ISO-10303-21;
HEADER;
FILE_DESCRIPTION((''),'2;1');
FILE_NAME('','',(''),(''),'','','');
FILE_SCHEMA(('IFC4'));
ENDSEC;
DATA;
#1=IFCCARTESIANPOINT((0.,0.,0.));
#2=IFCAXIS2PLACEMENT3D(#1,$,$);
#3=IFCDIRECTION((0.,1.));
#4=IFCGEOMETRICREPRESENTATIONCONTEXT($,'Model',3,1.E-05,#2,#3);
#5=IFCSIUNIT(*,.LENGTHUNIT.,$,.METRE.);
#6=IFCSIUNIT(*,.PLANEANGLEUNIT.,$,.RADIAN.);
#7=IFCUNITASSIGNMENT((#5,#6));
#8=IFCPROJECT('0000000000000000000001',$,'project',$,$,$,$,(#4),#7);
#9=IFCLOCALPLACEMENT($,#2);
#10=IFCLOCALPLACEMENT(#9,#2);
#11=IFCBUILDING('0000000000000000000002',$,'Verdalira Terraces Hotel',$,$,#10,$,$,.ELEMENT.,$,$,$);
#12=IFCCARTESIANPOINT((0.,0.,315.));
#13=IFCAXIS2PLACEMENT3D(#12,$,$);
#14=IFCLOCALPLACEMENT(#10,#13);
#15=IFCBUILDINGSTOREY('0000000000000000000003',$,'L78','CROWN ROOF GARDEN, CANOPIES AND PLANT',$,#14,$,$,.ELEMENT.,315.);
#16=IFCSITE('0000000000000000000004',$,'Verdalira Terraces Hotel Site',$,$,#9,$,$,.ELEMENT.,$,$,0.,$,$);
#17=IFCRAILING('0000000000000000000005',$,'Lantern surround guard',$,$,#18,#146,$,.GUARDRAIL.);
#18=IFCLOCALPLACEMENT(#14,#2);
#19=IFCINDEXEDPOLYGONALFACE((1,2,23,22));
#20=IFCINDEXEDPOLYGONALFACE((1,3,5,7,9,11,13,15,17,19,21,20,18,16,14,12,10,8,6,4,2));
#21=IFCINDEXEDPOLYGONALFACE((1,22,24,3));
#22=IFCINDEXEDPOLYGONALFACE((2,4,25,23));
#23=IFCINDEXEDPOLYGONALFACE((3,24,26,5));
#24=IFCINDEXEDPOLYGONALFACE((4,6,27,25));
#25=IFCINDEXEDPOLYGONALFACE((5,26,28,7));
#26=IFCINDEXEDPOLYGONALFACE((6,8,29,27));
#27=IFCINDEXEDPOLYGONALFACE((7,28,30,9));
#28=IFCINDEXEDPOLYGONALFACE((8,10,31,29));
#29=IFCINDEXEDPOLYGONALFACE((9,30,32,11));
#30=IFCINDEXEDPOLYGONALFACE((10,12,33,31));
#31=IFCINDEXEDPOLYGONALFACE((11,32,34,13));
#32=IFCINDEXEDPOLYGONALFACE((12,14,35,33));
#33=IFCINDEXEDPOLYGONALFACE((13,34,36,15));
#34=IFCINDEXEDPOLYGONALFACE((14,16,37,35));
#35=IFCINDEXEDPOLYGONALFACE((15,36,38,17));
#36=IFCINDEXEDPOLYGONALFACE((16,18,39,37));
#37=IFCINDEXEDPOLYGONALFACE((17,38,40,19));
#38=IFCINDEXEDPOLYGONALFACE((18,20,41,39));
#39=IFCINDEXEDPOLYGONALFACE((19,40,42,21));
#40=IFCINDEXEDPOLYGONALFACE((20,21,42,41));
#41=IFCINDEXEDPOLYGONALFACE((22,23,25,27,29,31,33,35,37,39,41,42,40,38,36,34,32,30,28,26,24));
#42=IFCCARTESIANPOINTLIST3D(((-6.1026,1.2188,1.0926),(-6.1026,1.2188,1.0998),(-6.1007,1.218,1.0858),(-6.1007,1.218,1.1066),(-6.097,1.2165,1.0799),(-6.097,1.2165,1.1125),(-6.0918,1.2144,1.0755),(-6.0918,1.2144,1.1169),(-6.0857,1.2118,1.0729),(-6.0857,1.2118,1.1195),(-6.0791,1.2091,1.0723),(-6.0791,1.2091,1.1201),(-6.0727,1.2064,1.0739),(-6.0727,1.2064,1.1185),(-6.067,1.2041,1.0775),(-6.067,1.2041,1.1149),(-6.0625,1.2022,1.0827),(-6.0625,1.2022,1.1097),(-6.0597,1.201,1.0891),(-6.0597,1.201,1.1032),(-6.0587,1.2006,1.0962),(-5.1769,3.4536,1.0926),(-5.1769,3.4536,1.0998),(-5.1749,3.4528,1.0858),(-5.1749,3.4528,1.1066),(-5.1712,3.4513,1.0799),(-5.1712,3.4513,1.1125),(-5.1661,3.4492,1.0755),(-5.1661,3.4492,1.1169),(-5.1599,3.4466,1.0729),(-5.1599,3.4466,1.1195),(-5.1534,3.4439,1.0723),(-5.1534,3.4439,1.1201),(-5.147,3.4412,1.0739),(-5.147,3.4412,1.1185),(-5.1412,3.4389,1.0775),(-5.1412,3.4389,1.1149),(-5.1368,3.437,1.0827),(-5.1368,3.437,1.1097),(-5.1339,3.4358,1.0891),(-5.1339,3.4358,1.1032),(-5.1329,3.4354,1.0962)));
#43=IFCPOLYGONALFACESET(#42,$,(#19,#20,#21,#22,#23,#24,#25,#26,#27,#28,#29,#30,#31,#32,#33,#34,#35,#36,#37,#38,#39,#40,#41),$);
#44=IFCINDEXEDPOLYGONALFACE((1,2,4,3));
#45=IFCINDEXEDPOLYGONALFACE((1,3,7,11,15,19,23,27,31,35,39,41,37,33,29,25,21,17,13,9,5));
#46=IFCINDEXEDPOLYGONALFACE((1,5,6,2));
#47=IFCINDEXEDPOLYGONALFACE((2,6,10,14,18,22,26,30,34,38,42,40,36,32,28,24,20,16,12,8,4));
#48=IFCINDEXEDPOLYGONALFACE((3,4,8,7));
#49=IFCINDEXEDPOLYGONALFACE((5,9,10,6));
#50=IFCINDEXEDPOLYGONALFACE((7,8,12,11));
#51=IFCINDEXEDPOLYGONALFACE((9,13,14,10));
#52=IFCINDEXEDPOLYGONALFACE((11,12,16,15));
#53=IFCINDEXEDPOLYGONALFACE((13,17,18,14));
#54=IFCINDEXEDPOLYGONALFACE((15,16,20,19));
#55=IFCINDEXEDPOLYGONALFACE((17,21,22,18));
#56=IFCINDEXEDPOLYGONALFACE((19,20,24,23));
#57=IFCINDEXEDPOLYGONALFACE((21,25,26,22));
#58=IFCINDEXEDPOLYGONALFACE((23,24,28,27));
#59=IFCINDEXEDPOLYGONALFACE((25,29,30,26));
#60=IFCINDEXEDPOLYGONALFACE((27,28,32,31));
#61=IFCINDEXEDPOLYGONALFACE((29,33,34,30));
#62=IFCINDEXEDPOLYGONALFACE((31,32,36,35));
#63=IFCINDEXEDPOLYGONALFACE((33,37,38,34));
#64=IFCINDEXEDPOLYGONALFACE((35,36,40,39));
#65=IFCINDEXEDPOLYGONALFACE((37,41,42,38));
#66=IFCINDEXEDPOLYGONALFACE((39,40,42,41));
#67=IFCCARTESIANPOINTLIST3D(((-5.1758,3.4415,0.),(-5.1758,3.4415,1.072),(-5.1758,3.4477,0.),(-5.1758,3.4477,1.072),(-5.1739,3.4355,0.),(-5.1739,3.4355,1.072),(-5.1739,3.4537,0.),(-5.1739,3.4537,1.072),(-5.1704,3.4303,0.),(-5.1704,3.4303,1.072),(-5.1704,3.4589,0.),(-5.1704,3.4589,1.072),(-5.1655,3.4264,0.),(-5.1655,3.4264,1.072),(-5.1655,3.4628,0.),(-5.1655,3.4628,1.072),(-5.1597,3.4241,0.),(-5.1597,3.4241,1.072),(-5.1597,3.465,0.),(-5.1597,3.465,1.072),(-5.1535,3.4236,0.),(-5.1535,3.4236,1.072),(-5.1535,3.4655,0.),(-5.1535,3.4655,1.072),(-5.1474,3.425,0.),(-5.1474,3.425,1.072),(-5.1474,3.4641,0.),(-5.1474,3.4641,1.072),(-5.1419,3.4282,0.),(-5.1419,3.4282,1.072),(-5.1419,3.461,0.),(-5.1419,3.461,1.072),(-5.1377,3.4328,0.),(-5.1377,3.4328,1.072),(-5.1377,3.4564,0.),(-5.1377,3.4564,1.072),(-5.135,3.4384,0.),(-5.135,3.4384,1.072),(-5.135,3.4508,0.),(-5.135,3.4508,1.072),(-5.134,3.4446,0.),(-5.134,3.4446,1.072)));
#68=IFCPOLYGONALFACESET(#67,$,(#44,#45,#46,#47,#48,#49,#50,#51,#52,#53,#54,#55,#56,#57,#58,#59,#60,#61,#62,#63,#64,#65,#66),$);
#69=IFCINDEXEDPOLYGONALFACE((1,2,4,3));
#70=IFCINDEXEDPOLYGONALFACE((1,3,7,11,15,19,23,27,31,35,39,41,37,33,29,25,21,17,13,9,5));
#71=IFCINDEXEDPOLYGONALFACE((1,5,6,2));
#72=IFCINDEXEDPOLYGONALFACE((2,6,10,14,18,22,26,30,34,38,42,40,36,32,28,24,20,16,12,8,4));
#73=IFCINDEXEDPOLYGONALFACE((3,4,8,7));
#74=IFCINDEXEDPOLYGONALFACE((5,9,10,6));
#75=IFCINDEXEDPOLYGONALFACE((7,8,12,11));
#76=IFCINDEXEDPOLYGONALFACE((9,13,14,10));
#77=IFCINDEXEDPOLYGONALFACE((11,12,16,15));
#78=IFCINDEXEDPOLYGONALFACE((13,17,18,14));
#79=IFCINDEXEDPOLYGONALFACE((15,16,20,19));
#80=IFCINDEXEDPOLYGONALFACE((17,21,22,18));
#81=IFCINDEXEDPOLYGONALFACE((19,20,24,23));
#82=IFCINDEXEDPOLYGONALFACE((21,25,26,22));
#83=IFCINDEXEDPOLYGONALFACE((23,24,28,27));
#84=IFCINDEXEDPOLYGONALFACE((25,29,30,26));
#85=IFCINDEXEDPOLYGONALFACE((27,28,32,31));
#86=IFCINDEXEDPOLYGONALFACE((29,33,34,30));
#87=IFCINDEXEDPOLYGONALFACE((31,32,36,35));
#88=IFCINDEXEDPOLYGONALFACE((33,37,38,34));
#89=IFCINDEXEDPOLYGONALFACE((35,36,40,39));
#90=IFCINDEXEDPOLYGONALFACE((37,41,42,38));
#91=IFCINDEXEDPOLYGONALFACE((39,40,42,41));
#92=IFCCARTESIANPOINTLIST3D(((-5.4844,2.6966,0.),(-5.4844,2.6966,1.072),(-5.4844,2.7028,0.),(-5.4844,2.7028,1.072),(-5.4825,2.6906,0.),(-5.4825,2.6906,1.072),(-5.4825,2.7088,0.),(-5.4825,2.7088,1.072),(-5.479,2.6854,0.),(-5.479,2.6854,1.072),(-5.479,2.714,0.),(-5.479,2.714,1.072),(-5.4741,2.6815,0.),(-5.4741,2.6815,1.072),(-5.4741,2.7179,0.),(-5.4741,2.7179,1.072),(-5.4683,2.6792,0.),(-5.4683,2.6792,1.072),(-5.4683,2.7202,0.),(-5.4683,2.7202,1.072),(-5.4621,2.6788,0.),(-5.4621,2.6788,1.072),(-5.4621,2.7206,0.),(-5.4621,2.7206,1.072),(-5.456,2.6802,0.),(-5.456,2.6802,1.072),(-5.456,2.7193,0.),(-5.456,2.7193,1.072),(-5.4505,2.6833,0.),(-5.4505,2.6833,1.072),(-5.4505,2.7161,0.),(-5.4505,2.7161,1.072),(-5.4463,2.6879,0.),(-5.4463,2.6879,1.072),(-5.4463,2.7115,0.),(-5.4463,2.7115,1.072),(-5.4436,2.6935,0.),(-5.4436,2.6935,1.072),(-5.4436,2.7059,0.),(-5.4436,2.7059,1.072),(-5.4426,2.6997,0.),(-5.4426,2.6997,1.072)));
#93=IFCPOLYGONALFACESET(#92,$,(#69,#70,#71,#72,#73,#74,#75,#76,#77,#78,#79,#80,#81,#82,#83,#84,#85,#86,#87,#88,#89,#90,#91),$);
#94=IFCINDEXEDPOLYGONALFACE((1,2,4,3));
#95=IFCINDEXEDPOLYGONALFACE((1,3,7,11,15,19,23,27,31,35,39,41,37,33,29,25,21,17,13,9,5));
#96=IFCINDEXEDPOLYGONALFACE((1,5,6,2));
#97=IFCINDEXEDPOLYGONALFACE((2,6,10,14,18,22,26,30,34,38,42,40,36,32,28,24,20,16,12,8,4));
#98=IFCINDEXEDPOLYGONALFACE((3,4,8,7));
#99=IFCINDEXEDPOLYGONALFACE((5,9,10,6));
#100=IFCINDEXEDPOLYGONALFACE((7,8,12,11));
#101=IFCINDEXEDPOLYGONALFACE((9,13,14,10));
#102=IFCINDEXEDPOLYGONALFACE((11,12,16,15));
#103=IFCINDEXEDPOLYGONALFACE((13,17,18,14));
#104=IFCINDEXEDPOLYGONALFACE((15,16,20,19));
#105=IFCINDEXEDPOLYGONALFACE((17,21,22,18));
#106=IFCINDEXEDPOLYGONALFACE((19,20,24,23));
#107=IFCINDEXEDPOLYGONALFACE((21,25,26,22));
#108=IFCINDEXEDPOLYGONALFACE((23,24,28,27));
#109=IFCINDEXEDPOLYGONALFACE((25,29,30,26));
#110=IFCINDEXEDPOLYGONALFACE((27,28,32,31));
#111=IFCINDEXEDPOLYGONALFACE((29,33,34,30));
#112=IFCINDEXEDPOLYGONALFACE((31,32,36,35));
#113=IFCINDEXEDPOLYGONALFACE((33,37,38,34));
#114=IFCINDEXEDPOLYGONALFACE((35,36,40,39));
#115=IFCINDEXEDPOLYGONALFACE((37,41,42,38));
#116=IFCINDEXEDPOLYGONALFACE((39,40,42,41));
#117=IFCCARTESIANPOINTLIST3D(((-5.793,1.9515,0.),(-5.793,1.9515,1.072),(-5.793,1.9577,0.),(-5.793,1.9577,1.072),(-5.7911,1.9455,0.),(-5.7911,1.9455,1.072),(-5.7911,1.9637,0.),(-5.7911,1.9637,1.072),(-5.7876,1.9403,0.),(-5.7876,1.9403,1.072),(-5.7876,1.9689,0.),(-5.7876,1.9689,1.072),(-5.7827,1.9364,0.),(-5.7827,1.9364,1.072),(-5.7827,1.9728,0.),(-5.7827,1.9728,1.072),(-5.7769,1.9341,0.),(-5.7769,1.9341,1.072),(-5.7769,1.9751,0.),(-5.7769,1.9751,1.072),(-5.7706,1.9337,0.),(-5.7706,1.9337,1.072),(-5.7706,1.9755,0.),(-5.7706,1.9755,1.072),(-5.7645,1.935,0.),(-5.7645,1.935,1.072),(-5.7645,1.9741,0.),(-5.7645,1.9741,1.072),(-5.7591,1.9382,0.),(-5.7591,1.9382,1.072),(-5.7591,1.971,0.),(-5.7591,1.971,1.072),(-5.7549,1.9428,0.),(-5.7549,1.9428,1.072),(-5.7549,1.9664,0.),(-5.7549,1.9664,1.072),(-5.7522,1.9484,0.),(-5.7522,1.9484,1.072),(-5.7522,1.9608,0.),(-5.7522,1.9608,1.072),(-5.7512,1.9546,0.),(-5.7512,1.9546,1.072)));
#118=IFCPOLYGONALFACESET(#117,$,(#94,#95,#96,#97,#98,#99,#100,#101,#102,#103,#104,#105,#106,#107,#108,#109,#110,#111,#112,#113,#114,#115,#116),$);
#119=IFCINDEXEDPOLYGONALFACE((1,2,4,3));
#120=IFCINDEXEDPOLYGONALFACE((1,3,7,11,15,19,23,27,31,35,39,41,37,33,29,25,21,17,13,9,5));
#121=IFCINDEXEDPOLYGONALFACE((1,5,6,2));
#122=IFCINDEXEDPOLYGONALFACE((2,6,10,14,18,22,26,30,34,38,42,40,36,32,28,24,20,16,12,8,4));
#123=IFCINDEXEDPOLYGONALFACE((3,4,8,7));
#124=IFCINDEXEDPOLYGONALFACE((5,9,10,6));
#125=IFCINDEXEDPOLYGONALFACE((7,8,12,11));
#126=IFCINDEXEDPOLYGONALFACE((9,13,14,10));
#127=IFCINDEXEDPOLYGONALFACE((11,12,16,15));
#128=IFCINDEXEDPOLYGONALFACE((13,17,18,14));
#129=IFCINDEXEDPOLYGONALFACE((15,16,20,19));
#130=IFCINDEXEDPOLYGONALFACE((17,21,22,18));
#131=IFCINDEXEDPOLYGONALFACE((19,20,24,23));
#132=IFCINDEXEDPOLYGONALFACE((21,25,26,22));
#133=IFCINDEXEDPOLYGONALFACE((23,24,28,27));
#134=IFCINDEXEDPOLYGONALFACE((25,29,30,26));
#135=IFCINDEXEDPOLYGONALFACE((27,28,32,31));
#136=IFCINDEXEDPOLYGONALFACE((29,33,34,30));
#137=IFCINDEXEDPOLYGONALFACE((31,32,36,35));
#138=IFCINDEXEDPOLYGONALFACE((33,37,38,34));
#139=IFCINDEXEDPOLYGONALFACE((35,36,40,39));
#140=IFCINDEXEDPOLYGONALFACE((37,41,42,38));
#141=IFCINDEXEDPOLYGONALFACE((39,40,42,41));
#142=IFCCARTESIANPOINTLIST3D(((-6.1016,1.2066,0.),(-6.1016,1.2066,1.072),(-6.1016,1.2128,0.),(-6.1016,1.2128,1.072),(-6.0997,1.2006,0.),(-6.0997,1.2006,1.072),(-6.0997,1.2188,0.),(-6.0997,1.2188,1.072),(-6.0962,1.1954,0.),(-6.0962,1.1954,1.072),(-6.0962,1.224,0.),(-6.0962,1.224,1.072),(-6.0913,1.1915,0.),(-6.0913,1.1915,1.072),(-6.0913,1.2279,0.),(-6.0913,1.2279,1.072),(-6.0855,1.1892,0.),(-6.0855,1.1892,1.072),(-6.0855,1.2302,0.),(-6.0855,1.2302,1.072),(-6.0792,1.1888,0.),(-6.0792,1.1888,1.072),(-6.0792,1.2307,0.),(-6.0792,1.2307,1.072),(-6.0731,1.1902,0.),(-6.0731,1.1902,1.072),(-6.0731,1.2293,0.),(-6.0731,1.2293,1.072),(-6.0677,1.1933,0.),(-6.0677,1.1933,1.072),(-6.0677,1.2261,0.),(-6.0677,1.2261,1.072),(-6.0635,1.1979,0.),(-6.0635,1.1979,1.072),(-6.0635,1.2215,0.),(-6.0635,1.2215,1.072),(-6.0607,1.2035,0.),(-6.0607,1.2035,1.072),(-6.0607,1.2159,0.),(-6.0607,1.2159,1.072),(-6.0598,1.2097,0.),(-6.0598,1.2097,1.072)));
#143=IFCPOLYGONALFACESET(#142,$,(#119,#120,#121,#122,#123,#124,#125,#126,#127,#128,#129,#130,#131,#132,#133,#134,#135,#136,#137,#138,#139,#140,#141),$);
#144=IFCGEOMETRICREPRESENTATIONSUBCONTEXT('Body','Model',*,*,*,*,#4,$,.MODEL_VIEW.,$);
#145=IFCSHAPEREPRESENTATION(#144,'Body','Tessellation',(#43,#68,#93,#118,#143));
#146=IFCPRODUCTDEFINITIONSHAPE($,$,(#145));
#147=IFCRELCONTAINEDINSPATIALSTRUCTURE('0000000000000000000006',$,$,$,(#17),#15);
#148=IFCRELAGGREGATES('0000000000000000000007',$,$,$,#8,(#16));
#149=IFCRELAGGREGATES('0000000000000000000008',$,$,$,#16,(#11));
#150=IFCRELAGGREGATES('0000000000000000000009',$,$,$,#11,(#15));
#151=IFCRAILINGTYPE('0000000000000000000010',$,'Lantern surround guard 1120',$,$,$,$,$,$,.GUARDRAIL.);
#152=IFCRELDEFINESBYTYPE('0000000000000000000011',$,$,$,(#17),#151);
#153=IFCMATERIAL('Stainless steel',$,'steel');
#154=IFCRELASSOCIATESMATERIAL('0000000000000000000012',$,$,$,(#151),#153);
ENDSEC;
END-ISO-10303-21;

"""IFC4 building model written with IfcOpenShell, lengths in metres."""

from ifc_helpers import new_model, si_unit, direction, frame, origin, origin_2d, place, context, subcontext, project, spatial, circle, extrude, material, type_object, element, save


model = new_model("IFC4")

# Units and contexts
model_context = context("Model", 3, precision=1e-05, world=origin(), true_north=direction((0.0, 1.0)))
body_context = subcontext(model_context, "Body", "Model", "MODEL_VIEW")
ifc_project = project(units=[si_unit("LENGTHUNIT", "METRE"), si_unit("PLANEANGLEUNIT", "RADIAN")], contexts=[model_context])

# Site, building, storey
site_placement = place(None, origin())
site = spatial("IfcSite", under=ifc_project, at=site_placement, Name="Verdalira Terraces Hotel Site", CompositionType="ELEMENT", RefElevation=0.0)
building_placement = place(site_placement, origin())
building = spatial("IfcBuilding", under=site, at=building_placement, Name="Verdalira Terraces Hotel", CompositionType="ELEMENT")
storey_placement = place(building_placement, frame((0.0, 0.0, 315.0)))
storey = spatial("IfcBuildingStorey", under=building, at=storey_placement, Name="L78", Description="CROWN ROOF GARDEN, CANOPIES AND PLANT", CompositionType="ELEMENT", Elevation=315.0)

# Railing
ifc_material_1 = material(Name="Stainless steel", Category="steel")
railing_type = type_object("IfcRailingType", Name="Lantern surround guard 1120", PredefinedType="GUARDRAIL", material=ifc_material_1)
railing_1_placement = place(storey_placement, frame((-5.155, 3.4446, 0.0)))
element("IfcRailing", 1, at=railing_1_placement, inside=storey, type_object=railing_type, Name="Lantern surround guard", PredefinedType="GUARDRAIL", context=body_context, shape_type="SweptSolid", body=[
    extrude(circle(Radius=0.0239, at=origin_2d()), frame((0.0, 0.0, 1.0962), z_axis=(-0.382708, -0.923869, 0.0), x_axis=(0.923869, -0.382708, 0.0)), (0.0, 0.0, 1.0), 2.4189),
    extrude(circle(Radius=0.021, at=origin_2d()), origin(), (0.0, 0.0, 1.0), 1.072),
    extrude(circle(Radius=0.021, at=origin_2d()), frame((-0.3086, -0.7449, 0.0)), (0.0, 0.0, 1.0), 1.072),
    extrude(circle(Radius=0.021, at=origin_2d()), frame((-0.6172, -1.49, 0.0)), (0.0, 0.0, 1.0), 1.072),
    extrude(circle(Radius=0.021, at=origin_2d()), frame((-0.9258, -2.2349, 0.0)), (0.0, 0.0, 1.0), 1.072),
])

save(model, "model.ifc")
